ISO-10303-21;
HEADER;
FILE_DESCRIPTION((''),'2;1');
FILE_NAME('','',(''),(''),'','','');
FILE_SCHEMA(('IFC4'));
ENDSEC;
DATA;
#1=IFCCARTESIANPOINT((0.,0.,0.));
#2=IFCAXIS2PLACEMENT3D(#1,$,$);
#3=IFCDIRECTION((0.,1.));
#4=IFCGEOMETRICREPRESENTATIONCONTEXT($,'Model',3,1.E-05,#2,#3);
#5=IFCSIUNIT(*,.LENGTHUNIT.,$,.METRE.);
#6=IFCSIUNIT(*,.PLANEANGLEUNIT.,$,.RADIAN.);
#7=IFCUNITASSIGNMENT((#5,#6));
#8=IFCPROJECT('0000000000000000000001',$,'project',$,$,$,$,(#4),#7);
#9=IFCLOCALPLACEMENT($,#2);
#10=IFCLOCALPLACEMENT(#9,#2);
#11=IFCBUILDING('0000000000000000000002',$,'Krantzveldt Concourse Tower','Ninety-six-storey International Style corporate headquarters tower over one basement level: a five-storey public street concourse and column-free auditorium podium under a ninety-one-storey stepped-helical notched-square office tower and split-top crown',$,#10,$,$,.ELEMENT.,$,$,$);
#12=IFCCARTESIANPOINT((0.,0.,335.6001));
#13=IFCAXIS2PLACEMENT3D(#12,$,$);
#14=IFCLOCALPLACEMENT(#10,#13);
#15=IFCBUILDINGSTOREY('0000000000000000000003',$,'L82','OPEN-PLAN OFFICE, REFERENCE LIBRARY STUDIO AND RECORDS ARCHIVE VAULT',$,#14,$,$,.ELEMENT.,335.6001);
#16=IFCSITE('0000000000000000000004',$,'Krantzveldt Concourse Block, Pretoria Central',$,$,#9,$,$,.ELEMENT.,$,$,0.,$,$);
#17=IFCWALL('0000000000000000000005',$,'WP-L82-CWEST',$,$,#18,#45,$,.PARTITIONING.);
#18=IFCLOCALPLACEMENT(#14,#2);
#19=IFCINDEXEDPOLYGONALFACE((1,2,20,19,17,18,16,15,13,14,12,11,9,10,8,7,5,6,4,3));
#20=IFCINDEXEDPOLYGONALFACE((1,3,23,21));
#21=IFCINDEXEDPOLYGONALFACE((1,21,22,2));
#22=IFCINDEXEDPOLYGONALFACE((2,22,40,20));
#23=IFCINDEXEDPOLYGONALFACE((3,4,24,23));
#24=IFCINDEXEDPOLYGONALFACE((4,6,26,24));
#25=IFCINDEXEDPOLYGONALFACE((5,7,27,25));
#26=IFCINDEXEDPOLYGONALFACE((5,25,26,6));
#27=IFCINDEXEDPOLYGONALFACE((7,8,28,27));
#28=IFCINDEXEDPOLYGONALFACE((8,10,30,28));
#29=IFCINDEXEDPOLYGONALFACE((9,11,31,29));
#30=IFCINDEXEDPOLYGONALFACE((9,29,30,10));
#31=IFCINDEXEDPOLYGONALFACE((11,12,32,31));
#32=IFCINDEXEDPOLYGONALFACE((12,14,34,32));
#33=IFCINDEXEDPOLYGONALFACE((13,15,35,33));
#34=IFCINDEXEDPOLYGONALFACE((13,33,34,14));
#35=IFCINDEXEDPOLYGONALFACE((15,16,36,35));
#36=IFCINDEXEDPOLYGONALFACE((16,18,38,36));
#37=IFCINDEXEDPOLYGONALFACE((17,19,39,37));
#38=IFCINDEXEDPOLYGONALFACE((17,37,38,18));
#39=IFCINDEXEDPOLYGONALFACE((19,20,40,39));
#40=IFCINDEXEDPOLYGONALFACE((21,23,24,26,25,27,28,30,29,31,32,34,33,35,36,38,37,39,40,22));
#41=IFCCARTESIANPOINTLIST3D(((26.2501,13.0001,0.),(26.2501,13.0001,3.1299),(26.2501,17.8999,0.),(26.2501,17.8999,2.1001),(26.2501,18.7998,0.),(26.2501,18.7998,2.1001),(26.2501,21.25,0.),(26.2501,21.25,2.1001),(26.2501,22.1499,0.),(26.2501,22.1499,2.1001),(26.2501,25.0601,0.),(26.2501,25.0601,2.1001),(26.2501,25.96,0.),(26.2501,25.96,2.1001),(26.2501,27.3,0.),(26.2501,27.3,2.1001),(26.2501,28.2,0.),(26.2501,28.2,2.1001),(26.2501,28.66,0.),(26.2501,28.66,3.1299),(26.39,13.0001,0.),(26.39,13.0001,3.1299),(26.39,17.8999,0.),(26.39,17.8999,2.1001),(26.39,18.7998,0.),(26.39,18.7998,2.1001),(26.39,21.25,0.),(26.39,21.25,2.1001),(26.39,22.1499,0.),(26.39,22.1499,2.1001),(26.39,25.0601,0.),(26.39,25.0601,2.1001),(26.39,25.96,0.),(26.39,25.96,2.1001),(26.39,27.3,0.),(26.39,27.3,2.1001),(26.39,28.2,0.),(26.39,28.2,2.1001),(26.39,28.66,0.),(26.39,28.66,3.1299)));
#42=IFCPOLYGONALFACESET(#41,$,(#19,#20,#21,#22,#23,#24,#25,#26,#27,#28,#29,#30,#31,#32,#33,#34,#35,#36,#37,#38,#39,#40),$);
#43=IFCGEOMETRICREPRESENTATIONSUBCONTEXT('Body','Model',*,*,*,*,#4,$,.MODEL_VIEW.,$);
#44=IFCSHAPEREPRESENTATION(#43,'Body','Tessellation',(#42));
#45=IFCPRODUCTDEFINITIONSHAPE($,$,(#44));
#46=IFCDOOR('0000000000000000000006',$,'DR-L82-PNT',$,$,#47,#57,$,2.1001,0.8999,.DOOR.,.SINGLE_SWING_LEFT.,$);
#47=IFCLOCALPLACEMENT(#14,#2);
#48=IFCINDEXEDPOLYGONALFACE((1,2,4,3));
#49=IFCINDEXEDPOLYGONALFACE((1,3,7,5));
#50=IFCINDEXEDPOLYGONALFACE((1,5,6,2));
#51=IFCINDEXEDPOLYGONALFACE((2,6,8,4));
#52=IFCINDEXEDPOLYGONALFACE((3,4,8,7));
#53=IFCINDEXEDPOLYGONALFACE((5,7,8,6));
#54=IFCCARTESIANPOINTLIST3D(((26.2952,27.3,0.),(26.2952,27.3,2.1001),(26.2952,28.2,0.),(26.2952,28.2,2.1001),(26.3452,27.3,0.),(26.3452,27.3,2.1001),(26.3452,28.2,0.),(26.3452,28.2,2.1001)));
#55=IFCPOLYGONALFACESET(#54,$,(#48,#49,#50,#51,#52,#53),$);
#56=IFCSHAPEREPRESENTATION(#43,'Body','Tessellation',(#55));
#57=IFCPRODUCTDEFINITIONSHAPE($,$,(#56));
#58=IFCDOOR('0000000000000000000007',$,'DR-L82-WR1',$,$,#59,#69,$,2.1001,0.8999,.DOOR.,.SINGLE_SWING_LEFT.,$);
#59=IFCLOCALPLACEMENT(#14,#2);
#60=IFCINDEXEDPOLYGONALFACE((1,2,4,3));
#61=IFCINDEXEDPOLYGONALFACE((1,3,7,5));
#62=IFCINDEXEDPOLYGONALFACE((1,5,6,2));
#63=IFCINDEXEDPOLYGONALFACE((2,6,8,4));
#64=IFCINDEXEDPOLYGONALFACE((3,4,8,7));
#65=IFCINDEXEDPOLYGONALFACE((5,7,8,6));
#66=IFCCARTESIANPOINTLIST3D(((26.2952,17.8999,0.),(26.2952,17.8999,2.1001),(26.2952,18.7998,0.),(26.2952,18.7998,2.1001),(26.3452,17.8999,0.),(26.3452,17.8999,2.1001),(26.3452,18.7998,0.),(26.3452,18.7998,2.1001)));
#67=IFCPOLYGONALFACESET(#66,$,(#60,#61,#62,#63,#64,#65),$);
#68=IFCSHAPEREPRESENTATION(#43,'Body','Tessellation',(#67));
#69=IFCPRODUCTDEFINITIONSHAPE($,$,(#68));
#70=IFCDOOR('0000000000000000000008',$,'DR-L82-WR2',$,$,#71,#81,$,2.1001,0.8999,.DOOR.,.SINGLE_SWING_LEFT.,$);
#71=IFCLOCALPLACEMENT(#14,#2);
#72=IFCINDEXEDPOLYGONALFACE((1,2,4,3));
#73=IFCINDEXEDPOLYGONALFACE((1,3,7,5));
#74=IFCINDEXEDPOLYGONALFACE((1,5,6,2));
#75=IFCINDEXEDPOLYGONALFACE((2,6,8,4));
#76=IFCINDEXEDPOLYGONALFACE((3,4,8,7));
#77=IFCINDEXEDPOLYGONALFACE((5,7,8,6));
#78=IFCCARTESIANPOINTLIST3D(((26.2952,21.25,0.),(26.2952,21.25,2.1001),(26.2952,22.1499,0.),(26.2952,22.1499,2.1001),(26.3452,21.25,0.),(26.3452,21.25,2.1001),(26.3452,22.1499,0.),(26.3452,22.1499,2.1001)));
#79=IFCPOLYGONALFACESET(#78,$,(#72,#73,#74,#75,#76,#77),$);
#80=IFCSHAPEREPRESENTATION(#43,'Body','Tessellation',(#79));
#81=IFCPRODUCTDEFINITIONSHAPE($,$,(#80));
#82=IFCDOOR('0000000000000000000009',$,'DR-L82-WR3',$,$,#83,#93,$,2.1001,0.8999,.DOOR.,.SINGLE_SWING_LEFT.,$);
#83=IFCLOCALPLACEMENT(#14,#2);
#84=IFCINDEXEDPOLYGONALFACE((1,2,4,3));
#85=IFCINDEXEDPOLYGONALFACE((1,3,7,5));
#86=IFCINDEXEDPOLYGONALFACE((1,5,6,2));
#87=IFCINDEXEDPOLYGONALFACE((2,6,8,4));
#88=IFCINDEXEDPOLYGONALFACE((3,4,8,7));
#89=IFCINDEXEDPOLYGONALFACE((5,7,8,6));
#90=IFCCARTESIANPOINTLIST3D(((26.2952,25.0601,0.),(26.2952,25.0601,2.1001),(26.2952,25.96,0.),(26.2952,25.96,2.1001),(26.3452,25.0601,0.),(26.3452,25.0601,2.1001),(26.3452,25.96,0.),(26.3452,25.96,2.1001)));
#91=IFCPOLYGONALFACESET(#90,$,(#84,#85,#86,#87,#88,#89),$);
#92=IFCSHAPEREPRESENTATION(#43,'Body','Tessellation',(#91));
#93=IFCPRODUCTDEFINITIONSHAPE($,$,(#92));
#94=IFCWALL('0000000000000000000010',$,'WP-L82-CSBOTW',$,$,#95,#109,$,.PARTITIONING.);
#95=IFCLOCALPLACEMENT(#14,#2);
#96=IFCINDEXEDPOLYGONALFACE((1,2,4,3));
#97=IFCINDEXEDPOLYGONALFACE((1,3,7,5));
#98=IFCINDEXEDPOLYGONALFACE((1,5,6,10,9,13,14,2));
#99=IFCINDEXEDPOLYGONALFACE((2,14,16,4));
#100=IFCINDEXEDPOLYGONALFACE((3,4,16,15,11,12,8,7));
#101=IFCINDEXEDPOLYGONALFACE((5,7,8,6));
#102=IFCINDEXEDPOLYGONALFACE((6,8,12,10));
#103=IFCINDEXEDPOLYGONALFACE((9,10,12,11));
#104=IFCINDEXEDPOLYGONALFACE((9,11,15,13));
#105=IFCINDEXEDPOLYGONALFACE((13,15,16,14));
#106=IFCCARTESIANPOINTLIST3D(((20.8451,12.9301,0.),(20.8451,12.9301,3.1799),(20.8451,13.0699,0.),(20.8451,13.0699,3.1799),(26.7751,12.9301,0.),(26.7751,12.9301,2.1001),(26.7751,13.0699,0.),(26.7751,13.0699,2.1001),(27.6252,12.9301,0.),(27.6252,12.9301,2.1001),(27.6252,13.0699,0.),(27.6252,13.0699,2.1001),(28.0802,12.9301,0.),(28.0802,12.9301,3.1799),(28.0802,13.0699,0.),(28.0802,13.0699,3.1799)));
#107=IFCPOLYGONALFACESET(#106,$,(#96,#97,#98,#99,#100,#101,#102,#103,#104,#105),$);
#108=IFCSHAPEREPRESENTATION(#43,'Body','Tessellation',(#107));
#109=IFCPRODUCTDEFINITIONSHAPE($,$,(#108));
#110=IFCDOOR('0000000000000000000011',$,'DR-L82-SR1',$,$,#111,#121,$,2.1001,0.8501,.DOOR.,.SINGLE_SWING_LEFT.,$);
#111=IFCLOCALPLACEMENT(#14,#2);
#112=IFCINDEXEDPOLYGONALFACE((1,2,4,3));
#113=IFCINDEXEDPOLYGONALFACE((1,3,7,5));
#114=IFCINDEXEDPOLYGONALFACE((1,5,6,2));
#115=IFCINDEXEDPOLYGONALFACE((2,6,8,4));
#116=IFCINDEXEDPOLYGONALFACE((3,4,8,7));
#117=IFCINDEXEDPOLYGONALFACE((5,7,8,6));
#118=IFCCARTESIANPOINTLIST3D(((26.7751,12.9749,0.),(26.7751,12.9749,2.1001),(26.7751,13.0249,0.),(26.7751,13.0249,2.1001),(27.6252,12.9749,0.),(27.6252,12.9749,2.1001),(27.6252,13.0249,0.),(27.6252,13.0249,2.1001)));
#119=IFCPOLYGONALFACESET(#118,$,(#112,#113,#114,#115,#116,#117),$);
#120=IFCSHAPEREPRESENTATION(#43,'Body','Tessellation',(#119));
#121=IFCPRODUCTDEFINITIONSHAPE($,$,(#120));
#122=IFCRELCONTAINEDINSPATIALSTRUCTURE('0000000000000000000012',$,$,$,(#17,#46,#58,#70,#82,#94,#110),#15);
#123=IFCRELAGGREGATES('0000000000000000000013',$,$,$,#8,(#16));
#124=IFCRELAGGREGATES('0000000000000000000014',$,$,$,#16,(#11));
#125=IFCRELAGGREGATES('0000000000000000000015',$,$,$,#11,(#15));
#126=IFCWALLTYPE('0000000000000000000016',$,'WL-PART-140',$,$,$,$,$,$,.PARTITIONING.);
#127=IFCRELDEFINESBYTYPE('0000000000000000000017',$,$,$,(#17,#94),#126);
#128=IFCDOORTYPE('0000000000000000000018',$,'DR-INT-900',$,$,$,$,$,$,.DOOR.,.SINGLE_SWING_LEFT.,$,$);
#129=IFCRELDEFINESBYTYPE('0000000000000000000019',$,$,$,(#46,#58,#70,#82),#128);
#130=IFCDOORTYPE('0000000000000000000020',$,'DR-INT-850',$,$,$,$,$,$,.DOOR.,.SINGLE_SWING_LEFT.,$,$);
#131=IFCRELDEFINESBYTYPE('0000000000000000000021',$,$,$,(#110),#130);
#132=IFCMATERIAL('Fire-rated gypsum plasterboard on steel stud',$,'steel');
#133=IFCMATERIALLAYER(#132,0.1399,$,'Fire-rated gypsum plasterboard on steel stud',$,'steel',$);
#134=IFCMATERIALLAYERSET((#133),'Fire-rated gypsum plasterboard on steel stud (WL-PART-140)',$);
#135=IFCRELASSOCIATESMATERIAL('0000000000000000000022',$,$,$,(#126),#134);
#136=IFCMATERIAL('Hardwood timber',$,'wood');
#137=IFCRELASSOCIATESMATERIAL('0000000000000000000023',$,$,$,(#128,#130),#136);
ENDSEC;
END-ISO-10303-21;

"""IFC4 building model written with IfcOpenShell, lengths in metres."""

from ifc_helpers import new_model, si_unit, direction, frame, frame_2d, origin, place, context, subcontext, project, spatial, rectangle, extrude, material, layer, layer_set, type_object, element, fill, save


model = new_model("IFC4")

# Units and contexts
model_context = context("Model", 3, precision=1e-05, world=origin(), true_north=direction((0.0, 1.0)))
body_context = subcontext(model_context, "Body", "Model", "MODEL_VIEW")
ifc_project = project(units=[si_unit("LENGTHUNIT", "METRE"), si_unit("PLANEANGLEUNIT", "RADIAN")], contexts=[model_context])

# Site, building, storey
site_placement = place(None, origin())
site = spatial("IfcSite", under=ifc_project, at=site_placement, Name="Krantzveldt Concourse Block, Pretoria Central", CompositionType="ELEMENT", RefElevation=0.0)
building_placement = place(site_placement, origin())
building = spatial("IfcBuilding", under=site, at=building_placement, Name="Krantzveldt Concourse Tower", Description="Ninety-six-storey International Style corporate headquarters tower over one basement level: a five-storey public street concourse and column-free auditorium podium under a ninety-one-storey stepped-helical notched-square office tower and split-top crown", CompositionType="ELEMENT")
storey_placement = place(building_placement, frame((0.0, 0.0, 335.6001)))
storey = spatial("IfcBuildingStorey", under=building, at=storey_placement, Name="L82", Description="OPEN-PLAN OFFICE, REFERENCE LIBRARY STUDIO AND RECORDS ARCHIVE VAULT", CompositionType="ELEMENT", Elevation=335.6001)

# Shared definitions
ifc_material_1 = material(Name="Fire-rated gypsum plasterboard on steel stud", Category="steel")

# Wall, openings, doors
ifc_layer_1 = layer(ifc_material_1, 0.1399, Name="Fire-rated gypsum plasterboard on steel stud", Category="steel")
ifc_layer_set_1 = layer_set([ifc_layer_1], Name="Fire-rated gypsum plasterboard on steel stud (WL-PART-140)")
wall_type_1 = type_object("IfcWallType", Name="WL-PART-140", PredefinedType="PARTITIONING", material=ifc_layer_set_1)
wall_1_placement = place(storey_placement, frame((26.3201, 13.0, 0.0), z_axis=(0.0, 0.0, 1.0), x_axis=(0.0, 1.0, 0.0)))
wall_1 = element("IfcWall", 1, at=wall_1_placement, inside=storey, type_object=wall_type_1, Name="WP-L82-CWEST", PredefinedType="PARTITIONING", context=body_context, shape_type="SweptSolid", body=[
    extrude(rectangle(XDim=15.6599, YDim=0.1399, at=frame_2d((7.8301, 0.0))), origin(), (0.0, 0.0, 1.0), 3.1299),
])
opening_1_placement = place(wall_1_placement, frame((14.3, 0.0, 0.0)))
opening_1 = element("IfcOpeningElement", 2, at=opening_1_placement, cuts=wall_1, PredefinedType="OPENING", context=body_context, shape_type="SweptSolid", body=[
    extrude(rectangle(XDim=0.8999, YDim=2.1001, at=frame_2d((0.45, 1.05))), frame((0.0, 0.0801, 0.0), z_axis=(0.0, -1.0, 0.0), x_axis=(1.0, 0.0, 0.0)), (0.0, 0.0, 1.0), 0.1599),
])
opening_2_placement = place(wall_1_placement, frame((4.8999, 0.0, 0.0)))
opening_2 = element("IfcOpeningElement", 3, at=opening_2_placement, cuts=wall_1, PredefinedType="OPENING", context=body_context, shape_type="SweptSolid", body=[
    extrude(rectangle(XDim=0.8999, YDim=2.1001, at=frame_2d((0.45, 1.05))), frame((0.0, 0.0801, 0.0), z_axis=(0.0, -1.0, 0.0), x_axis=(1.0, 0.0, 0.0)), (0.0, 0.0, 1.0), 0.1599),
])
opening_3_placement = place(wall_1_placement, frame((8.25, 0.0, 0.0)))
opening_3 = element("IfcOpeningElement", 4, at=opening_3_placement, cuts=wall_1, PredefinedType="OPENING", context=body_context, shape_type="SweptSolid", body=[
    extrude(rectangle(XDim=0.8999, YDim=2.1001, at=frame_2d((0.45, 1.05))), frame((0.0, 0.0801, 0.0), z_axis=(0.0, -1.0, 0.0), x_axis=(1.0, 0.0, 0.0)), (0.0, 0.0, 1.0), 0.1599),
])
opening_4_placement = place(wall_1_placement, frame((12.0601, 0.0, 0.0)))
opening_4 = element("IfcOpeningElement", 5, at=opening_4_placement, cuts=wall_1, PredefinedType="OPENING", context=body_context, shape_type="SweptSolid", body=[
    extrude(rectangle(XDim=0.8999, YDim=2.1001, at=frame_2d((0.45, 1.05))), frame((0.0, 0.0801, 0.0), z_axis=(0.0, -1.0, 0.0), x_axis=(1.0, 0.0, 0.0)), (0.0, 0.0, 1.0), 0.1599),
])
ifc_material_2 = material(Name="Hardwood timber", Category="wood")
door_type_1 = type_object("IfcDoorType", Name="DR-INT-900", OperationType="SINGLE_SWING_LEFT", PredefinedType="DOOR", material=ifc_material_2)
door_1_placement = place(opening_1_placement, origin())
door_1 = element("IfcDoor", 6, at=door_1_placement, inside=storey, type_object=door_type_1, Name="DR-L82-PNT", OperationType="SINGLE_SWING_LEFT", OverallHeight=2.1001, OverallWidth=0.8999, PredefinedType="DOOR", context=body_context, shape_type="SweptSolid", body=[
    extrude(rectangle(XDim=0.8999, YDim=2.1001, at=frame_2d((0.45, 1.05))), frame((0.0, 0.0249, 0.0), z_axis=(0.0, -1.0, 0.0), x_axis=(1.0, 0.0, 0.0)), (0.0, 0.0, 1.0), 0.05),
])
fill(opening_1, door_1)
door_2_placement = place(opening_2_placement, origin())
door_2 = element("IfcDoor", 7, at=door_2_placement, inside=storey, type_object=door_type_1, Name="DR-L82-WR1", OperationType="SINGLE_SWING_LEFT", OverallHeight=2.1001, OverallWidth=0.8999, PredefinedType="DOOR", context=body_context, shape_type="SweptSolid", body=[
    extrude(rectangle(XDim=0.8999, YDim=2.1001, at=frame_2d((0.45, 1.05))), frame((0.0, 0.0249, 0.0), z_axis=(0.0, -1.0, 0.0), x_axis=(1.0, 0.0, 0.0)), (0.0, 0.0, 1.0), 0.05),
])
fill(opening_2, door_2)
door_3_placement = place(opening_3_placement, origin())
door_3 = element("IfcDoor", 8, at=door_3_placement, inside=storey, type_object=door_type_1, Name="DR-L82-WR2", OperationType="SINGLE_SWING_LEFT", OverallHeight=2.1001, OverallWidth=0.8999, PredefinedType="DOOR", context=body_context, shape_type="SweptSolid", body=[
    extrude(rectangle(XDim=0.8999, YDim=2.1001, at=frame_2d((0.45, 1.05))), frame((0.0, 0.0249, 0.0), z_axis=(0.0, -1.0, 0.0), x_axis=(1.0, 0.0, 0.0)), (0.0, 0.0, 1.0), 0.05),
])
fill(opening_3, door_3)
door_4_placement = place(opening_4_placement, origin())
door_4 = element("IfcDoor", 9, at=door_4_placement, inside=storey, type_object=door_type_1, Name="DR-L82-WR3", OperationType="SINGLE_SWING_LEFT", OverallHeight=2.1001, OverallWidth=0.8999, PredefinedType="DOOR", context=body_context, shape_type="SweptSolid", body=[
    extrude(rectangle(XDim=0.8999, YDim=2.1001, at=frame_2d((0.45, 1.05))), frame((0.0, 0.0249, 0.0), z_axis=(0.0, -1.0, 0.0), x_axis=(1.0, 0.0, 0.0)), (0.0, 0.0, 1.0), 0.05),
])
fill(opening_4, door_4)

# Wall, opening, door
wall_2_placement = place(storey_placement, frame((20.845, 13.0, 0.0), z_axis=(0.0, 0.0, 1.0), x_axis=(1.0, 0.0, 0.0)))
wall_2 = element("IfcWall", 10, at=wall_2_placement, inside=storey, type_object=wall_type_1, Name="WP-L82-CSBOTW", PredefinedType="PARTITIONING", context=body_context, shape_type="SweptSolid", body=[
    extrude(rectangle(XDim=7.2351, YDim=0.1399, at=frame_2d((3.6177, 0.0))), origin(), (0.0, 0.0, 1.0), 3.1799),
])
opening_5_placement = place(wall_2_placement, frame((5.9302, 0.0, 0.0)))
opening_5 = element("IfcOpeningElement", 11, at=opening_5_placement, cuts=wall_2, PredefinedType="OPENING", context=body_context, shape_type="SweptSolid", body=[
    extrude(rectangle(XDim=0.8501, YDim=2.1001, at=frame_2d((0.425, 1.05))), frame((0.0, 0.0801, 0.0), z_axis=(0.0, -1.0, 0.0), x_axis=(1.0, 0.0, 0.0)), (0.0, 0.0, 1.0), 0.1599),
])
door_type_2 = type_object("IfcDoorType", Name="DR-INT-850", OperationType="SINGLE_SWING_LEFT", PredefinedType="DOOR", material=ifc_material_2)
door_5_placement = place(opening_5_placement, origin())
door_5 = element("IfcDoor", 12, at=door_5_placement, inside=storey, type_object=door_type_2, Name="DR-L82-SR1", OperationType="SINGLE_SWING_LEFT", OverallHeight=2.1001, OverallWidth=0.8501, PredefinedType="DOOR", context=body_context, shape_type="SweptSolid", body=[
    extrude(rectangle(XDim=0.8501, YDim=2.1001, at=frame_2d((0.425, 1.05))), frame((0.0, 0.0249, 0.0), z_axis=(0.0, -1.0, 0.0), x_axis=(1.0, 0.0, 0.0)), (0.0, 0.0, 1.0), 0.05),
])
fill(opening_5, door_5)

save(model, "model.ifc")
